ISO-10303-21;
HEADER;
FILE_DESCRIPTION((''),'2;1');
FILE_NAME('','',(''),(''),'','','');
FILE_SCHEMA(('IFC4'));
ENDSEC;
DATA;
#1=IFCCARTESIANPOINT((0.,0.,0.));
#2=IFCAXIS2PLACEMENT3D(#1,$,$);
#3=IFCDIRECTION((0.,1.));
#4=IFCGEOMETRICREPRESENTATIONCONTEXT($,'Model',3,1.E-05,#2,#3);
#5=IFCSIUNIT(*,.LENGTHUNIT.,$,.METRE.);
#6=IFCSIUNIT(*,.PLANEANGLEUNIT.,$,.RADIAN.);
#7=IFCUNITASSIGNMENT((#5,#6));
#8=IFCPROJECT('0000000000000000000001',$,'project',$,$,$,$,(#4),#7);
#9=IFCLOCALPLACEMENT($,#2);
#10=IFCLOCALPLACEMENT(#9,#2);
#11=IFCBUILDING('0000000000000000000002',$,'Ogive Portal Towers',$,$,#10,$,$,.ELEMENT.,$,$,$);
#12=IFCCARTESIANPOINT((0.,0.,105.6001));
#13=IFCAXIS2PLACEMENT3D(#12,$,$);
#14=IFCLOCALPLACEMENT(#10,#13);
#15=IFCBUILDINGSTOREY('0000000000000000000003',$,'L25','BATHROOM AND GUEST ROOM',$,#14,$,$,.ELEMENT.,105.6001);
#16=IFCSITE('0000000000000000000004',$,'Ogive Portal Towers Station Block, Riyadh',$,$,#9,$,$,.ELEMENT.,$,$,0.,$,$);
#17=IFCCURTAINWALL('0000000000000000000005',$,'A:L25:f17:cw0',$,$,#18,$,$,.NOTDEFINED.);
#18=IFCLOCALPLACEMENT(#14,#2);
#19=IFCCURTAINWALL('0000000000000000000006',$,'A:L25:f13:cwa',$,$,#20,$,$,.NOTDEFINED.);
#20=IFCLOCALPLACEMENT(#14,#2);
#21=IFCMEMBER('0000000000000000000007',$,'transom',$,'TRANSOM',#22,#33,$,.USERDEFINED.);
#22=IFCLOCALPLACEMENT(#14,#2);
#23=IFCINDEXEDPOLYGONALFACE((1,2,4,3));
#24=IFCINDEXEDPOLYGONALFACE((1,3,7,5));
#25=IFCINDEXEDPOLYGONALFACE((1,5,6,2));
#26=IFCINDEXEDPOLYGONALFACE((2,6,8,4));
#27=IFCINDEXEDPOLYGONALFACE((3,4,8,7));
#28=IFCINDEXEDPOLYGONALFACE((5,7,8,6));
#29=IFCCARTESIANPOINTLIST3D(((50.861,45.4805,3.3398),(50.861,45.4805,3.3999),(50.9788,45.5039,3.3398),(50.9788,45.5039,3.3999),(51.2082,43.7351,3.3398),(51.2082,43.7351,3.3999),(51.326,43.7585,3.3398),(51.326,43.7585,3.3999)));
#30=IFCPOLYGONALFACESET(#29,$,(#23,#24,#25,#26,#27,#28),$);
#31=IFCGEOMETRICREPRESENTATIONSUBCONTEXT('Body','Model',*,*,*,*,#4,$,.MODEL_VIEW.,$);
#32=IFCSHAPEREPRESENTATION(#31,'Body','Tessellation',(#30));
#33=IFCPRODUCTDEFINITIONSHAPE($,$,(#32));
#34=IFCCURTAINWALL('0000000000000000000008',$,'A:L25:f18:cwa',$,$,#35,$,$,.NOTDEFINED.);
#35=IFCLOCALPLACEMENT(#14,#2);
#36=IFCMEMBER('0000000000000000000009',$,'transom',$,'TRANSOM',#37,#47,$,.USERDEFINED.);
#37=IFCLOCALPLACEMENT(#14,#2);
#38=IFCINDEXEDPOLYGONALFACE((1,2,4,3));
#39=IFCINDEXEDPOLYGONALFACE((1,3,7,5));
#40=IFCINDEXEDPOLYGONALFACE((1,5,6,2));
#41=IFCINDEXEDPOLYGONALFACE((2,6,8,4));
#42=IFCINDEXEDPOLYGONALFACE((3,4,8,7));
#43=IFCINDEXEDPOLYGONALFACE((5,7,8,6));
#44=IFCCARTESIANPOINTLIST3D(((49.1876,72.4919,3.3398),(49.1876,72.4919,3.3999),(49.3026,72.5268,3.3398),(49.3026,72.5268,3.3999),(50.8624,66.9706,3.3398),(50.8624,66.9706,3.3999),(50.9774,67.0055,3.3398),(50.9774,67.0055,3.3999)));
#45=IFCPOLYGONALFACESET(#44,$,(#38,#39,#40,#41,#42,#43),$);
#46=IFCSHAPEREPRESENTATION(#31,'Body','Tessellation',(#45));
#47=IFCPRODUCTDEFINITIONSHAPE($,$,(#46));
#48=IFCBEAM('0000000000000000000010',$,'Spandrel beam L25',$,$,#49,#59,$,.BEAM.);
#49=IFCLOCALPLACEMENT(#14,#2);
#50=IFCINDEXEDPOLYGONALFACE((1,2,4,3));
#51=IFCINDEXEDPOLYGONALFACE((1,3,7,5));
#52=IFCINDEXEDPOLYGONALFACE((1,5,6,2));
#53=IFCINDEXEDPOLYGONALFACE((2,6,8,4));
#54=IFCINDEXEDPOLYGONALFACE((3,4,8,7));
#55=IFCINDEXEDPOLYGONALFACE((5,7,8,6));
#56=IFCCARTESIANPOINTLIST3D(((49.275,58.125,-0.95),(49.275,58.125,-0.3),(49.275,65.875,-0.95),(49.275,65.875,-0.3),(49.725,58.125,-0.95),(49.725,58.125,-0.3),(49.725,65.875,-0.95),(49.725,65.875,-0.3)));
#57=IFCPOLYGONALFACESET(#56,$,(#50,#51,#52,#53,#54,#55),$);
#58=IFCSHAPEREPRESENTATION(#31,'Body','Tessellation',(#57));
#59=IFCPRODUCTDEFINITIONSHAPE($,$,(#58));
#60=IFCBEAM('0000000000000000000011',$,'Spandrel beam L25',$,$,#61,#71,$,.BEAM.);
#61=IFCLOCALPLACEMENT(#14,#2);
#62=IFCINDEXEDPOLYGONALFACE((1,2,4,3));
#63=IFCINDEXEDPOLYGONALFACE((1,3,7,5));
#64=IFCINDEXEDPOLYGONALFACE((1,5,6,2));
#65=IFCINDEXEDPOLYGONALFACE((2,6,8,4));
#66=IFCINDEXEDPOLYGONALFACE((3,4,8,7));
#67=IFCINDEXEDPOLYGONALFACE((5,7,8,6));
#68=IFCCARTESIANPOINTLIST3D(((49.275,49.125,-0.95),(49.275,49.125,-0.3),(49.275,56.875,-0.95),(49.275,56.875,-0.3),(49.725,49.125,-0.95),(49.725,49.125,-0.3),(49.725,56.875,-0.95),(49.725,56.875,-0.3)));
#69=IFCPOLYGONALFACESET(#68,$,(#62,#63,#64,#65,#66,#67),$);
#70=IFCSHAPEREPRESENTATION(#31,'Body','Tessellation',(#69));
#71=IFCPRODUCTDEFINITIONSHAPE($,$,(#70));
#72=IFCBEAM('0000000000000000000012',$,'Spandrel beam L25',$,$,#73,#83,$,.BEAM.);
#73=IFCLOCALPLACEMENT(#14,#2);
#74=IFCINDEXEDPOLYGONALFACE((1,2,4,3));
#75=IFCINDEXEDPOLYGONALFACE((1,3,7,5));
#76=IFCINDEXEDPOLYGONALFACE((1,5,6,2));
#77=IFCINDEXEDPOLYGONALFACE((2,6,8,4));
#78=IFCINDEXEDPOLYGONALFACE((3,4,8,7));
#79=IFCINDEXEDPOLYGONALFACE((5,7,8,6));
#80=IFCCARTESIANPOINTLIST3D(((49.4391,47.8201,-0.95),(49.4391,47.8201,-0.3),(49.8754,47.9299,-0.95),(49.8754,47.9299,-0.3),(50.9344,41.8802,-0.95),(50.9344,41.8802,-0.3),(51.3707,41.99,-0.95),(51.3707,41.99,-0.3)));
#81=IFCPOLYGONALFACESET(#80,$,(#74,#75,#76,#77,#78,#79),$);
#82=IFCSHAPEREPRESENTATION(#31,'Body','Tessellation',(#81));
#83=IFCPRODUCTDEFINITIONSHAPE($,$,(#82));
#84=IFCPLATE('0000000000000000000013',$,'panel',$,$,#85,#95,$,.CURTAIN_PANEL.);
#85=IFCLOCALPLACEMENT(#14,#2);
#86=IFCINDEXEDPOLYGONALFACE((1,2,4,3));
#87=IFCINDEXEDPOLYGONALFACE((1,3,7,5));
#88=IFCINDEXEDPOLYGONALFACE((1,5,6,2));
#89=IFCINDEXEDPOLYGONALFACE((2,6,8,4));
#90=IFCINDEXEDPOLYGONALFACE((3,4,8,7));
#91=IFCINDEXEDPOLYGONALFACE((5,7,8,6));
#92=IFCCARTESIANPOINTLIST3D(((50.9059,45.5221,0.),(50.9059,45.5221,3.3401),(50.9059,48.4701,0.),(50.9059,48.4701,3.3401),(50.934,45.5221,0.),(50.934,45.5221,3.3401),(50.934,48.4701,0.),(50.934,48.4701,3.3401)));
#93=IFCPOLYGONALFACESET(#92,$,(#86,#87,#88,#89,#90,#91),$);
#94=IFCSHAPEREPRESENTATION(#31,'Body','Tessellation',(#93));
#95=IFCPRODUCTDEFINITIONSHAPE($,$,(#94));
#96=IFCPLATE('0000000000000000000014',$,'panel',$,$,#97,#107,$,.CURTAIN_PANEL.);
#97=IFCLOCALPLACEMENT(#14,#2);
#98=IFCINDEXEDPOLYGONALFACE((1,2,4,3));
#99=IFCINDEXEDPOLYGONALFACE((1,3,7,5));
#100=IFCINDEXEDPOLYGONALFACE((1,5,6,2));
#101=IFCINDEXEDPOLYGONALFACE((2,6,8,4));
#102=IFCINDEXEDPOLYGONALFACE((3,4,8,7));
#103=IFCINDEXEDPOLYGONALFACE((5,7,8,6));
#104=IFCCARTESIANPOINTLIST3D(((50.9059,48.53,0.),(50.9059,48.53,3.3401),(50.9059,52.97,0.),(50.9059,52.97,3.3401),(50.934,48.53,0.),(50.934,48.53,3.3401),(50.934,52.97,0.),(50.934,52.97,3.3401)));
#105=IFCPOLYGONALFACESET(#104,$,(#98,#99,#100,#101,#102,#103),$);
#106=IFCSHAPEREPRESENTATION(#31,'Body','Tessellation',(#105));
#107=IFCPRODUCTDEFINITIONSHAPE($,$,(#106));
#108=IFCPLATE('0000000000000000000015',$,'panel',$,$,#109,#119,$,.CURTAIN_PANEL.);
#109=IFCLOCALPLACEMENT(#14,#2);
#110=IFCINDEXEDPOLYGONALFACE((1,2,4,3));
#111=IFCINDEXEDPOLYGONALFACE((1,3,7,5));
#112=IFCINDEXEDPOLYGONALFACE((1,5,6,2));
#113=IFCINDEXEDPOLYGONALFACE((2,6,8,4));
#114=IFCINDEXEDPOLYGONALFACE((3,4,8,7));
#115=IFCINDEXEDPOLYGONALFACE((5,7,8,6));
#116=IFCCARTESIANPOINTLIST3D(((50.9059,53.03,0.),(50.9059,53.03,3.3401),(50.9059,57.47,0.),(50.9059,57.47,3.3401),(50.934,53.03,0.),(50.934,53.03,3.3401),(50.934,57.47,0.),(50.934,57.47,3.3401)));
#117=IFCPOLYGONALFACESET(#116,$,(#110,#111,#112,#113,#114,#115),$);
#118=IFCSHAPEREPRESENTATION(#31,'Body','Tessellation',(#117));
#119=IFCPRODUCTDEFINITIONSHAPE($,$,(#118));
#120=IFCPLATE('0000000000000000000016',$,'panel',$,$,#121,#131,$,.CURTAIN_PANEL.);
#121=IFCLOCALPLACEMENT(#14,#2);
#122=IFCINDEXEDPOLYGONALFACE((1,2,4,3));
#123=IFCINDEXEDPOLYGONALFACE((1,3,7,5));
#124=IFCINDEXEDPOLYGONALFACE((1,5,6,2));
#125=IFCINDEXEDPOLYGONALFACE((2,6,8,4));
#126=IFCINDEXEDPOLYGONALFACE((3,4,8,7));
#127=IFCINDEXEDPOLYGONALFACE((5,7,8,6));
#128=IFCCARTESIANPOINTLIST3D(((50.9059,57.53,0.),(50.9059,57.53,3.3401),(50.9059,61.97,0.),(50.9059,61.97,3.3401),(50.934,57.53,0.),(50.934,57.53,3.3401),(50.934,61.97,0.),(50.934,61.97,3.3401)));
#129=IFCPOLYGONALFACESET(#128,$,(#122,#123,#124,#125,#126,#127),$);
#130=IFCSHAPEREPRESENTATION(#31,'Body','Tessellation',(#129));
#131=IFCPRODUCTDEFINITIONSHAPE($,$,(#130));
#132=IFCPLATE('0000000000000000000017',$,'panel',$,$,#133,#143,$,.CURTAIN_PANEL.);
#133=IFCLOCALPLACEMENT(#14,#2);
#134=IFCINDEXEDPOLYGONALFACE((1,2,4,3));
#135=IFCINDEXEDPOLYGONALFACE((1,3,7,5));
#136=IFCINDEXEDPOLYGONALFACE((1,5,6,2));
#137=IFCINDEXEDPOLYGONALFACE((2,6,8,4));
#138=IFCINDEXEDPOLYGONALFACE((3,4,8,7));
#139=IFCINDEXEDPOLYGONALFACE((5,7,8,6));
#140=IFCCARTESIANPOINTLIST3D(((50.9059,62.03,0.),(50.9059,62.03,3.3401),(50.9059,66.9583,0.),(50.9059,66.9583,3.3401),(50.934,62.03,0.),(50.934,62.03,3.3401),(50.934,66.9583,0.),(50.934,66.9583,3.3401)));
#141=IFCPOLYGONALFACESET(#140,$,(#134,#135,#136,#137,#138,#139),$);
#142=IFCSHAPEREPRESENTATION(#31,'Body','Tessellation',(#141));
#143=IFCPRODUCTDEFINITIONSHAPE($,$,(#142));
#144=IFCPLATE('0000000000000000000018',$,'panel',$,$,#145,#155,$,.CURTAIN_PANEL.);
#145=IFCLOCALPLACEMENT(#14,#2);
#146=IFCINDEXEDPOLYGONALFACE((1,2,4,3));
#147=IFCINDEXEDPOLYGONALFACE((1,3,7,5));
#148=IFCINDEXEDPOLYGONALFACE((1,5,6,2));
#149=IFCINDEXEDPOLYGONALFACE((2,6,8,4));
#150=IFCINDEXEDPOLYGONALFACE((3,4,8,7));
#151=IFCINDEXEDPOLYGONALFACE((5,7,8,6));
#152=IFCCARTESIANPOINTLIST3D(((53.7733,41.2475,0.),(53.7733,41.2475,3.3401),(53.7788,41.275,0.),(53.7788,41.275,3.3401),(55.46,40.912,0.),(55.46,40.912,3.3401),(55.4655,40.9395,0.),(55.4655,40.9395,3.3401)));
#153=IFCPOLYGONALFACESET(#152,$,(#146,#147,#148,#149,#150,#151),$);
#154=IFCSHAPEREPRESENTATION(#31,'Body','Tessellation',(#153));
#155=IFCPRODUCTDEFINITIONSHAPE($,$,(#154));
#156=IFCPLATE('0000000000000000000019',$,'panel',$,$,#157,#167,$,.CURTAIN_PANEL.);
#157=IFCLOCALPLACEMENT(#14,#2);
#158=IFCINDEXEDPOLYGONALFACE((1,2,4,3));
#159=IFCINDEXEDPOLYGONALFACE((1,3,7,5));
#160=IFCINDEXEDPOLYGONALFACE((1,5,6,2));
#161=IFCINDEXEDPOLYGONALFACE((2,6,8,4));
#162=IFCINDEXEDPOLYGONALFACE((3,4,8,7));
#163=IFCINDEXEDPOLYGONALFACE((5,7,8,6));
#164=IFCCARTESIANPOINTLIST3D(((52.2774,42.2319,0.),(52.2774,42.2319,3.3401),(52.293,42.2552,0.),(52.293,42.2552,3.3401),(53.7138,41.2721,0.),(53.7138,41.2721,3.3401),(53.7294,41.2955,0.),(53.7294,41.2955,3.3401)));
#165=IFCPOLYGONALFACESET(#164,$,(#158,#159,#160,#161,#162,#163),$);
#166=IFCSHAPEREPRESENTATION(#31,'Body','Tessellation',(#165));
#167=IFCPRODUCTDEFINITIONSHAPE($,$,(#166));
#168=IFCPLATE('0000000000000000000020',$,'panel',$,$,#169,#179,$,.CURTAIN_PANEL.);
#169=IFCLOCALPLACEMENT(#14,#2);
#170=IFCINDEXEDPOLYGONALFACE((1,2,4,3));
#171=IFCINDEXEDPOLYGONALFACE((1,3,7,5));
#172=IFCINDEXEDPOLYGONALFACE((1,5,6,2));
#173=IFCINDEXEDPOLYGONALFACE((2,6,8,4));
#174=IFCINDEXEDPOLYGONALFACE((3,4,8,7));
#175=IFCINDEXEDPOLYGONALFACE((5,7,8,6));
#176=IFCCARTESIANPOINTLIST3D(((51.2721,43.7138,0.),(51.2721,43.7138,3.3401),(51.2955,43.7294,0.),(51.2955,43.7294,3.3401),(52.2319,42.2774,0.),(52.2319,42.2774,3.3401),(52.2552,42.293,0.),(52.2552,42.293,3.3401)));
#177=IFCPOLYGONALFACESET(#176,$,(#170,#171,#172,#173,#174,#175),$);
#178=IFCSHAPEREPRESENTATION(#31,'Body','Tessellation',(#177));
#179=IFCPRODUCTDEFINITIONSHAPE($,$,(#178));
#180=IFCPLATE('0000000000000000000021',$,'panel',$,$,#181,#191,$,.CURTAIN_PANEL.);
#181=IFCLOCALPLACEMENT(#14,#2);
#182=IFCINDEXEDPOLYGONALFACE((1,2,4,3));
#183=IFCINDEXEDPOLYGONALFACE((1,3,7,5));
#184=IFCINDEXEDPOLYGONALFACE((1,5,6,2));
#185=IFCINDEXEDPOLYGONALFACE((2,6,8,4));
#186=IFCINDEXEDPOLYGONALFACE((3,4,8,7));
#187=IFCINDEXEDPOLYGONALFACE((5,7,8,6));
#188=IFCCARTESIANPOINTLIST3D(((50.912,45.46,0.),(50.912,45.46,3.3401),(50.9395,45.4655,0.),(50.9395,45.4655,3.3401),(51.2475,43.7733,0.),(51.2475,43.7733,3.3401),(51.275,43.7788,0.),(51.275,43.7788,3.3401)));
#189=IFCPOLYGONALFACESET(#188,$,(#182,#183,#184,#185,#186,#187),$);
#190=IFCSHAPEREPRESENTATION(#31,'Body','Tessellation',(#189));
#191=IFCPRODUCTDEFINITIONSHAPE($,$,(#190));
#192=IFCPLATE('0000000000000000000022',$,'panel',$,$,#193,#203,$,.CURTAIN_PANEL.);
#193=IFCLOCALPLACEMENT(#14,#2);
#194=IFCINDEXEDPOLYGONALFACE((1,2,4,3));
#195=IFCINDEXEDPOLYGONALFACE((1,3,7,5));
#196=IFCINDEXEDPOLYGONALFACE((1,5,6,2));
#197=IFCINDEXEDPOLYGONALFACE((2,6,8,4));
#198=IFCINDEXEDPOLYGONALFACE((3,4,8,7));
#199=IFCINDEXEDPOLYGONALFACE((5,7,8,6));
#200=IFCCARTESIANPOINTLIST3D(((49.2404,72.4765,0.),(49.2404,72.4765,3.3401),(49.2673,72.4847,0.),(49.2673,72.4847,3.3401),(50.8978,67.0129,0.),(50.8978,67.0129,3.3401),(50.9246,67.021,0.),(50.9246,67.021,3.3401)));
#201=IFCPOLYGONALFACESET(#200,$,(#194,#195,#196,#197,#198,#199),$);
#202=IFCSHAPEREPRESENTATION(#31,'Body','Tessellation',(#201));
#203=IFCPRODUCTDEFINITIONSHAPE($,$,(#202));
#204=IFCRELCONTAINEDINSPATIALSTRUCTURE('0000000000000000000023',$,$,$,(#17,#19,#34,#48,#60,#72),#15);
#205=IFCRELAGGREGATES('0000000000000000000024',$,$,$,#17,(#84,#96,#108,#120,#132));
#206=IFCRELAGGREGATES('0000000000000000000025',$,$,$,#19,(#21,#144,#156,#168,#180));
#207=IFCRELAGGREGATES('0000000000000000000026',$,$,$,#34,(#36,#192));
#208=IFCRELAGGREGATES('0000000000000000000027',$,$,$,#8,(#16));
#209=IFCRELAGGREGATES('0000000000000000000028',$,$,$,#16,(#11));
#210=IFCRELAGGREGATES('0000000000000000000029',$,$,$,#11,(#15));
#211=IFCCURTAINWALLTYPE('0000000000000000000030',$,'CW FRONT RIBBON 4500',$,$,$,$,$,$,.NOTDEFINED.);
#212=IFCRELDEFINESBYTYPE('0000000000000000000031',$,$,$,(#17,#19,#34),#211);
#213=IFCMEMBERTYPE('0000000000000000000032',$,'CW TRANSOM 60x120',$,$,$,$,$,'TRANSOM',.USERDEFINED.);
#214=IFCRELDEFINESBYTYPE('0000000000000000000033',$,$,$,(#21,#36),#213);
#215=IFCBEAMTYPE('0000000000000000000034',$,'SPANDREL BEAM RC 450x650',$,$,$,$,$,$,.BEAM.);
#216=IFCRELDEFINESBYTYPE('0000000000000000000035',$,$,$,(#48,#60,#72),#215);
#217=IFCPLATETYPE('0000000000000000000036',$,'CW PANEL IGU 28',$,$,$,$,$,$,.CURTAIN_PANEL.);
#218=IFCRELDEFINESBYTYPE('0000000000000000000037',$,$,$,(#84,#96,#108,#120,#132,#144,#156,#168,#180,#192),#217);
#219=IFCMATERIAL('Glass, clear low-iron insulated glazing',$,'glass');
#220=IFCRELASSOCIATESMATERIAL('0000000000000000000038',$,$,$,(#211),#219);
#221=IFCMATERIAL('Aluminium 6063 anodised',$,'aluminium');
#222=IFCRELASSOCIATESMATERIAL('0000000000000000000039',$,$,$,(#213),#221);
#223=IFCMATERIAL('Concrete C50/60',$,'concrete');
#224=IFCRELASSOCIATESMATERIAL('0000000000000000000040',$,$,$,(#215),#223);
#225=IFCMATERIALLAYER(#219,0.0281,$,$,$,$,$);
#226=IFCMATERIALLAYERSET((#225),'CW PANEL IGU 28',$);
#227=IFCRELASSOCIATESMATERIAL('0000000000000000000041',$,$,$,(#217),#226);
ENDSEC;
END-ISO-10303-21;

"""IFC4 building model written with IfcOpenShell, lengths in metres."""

from ifc_helpers import new_model, si_unit, direction, frame, origin, origin_2d, place, context, subcontext, project, spatial, rectangle, extrude, material, layer, layer_set, material_profile, profile_set, type_object, element, aggregate, save


model = new_model("IFC4")

# Units and contexts
model_context = context("Model", 3, precision=1e-05, world=origin(), true_north=direction((0.0, 1.0)))
body_context = subcontext(model_context, "Body", "Model", "MODEL_VIEW")
ifc_project = project(units=[si_unit("LENGTHUNIT", "METRE"), si_unit("PLANEANGLEUNIT", "RADIAN")], contexts=[model_context])

# Site, building, storey
site_placement = place(None, origin())
site = spatial("IfcSite", under=ifc_project, at=site_placement, Name="Ogive Portal Towers Station Block, Riyadh", CompositionType="ELEMENT", RefElevation=0.0)
building_placement = place(site_placement, origin())
building = spatial("IfcBuilding", under=site, at=building_placement, Name="Ogive Portal Towers", CompositionType="ELEMENT")
storey_placement = place(building_placement, frame((0.0, 0.0, 105.6001)))
storey = spatial("IfcBuildingStorey", under=building, at=storey_placement, Name="L25", Description="BATHROOM AND GUEST ROOM", CompositionType="ELEMENT", Elevation=105.6001)

# Shared definitions
ifc_material_1 = material(Name="Glass, clear low-iron insulated glazing", Category="glass")
curtain_wall_type = type_object("IfcCurtainWallType", Name="CW FRONT RIBBON 4500", PredefinedType="NOTDEFINED", material=ifc_material_1)
ifc_material_2 = material(Name="Aluminium 6063 anodised", Category="aluminium")

# Curtain walls
curtain_wall_1_placement = place(storey_placement, origin())
curtain_wall_1 = element("IfcCurtainWall", 1, at=curtain_wall_1_placement, inside=storey, type_object=curtain_wall_type, Name="A:L25:f17:cw0", PredefinedType="NOTDEFINED")
curtain_wall_2_placement = place(storey_placement, origin())
curtain_wall_2 = element("IfcCurtainWall", 2, at=curtain_wall_2_placement, inside=storey, type_object=curtain_wall_type, Name="A:L25:f13:cwa", PredefinedType="NOTDEFINED")

# Member
ifc_material_profile_1 = material_profile(ifc_material_2, rectangle(XDim=0.1201, YDim=0.0601, at=origin_2d()), Name="AL 120x60")
ifc_profile_set_1 = profile_set([ifc_material_profile_1], Name="Aluminium 6063 anodised")
member_type_1 = type_object("IfcMemberType", Name="CW TRANSOM 60x120", ElementType="TRANSOM", PredefinedType="USERDEFINED", material=ifc_profile_set_1)
member_1_placement = place(storey_placement, frame((51.2671, 43.7468, 3.3699), z_axis=(-0.195087, 0.980786, 0.0), x_axis=(-0.980786, -0.195087, 0.0)))
member_1 = element("IfcMember", 3, at=member_1_placement, type_object=member_type_1, Name="transom", ObjectType="TRANSOM", PredefinedType="USERDEFINED", context=body_context, shape_type="SweptSolid", body=[
    extrude(rectangle(XDim=0.1201, YDim=0.0601, at=origin_2d()), origin(), (0.0, 0.0, 1.0), 1.7795),
])

# Curtain wall, member
curtain_wall_3_placement = place(storey_placement, origin())
curtain_wall_3 = element("IfcCurtainWall", 4, at=curtain_wall_3_placement, inside=storey, type_object=curtain_wall_type, Name="A:L25:f18:cwa", PredefinedType="NOTDEFINED")
member_2_placement = place(storey_placement, frame((50.9199, 66.988, 3.3699), z_axis=(-0.290277, 0.956943, 0.0), x_axis=(-0.956943, -0.290277, 0.0)))
member_2 = element("IfcMember", 5, at=member_2_placement, type_object=member_type_1, Name="transom", ObjectType="TRANSOM", PredefinedType="USERDEFINED", context=body_context, shape_type="SweptSolid", body=[
    extrude(rectangle(XDim=0.1201, YDim=0.0601, at=origin_2d()), origin(), (0.0, 0.0, 1.0), 5.7698),
])

# Beams
ifc_material_3 = material(Name="Concrete C50/60", Category="concrete")
ifc_material_profile_2 = material_profile(ifc_material_3, rectangle(XDim=0.45, YDim=0.6499, at=origin_2d()), Name="RC 450x650")
ifc_profile_set_2 = profile_set([ifc_material_profile_2], Name="Concrete C50/60")
beam_type = type_object("IfcBeamType", Name="SPANDREL BEAM RC 450x650", PredefinedType="BEAM", material=ifc_profile_set_2)
for number, where, z_axis, x_axis, name in (
    (6, (49.5, 65.875, -0.625), (0.0, -1.0, 0.0), (1.0, 0.0, 0.0), "Spandrel beam L25"),
    (7, (49.5, 56.875, -0.625), (0.0, -1.0, 0.0), (1.0, 0.0, 0.0), "Spandrel beam L25"),
):
    element("IfcBeam", number, at=place(storey_placement, frame(where, z_axis=z_axis, x_axis=x_axis)), inside=storey, type_object=beam_type, Name=name, PredefinedType="BEAM", context=body_context, shape_type="SweptSolid", body=[
        extrude(rectangle(XDim=0.45, YDim=0.6499, at=origin_2d()), origin(), (0.0, 0.0, 1.0), 7.75),
    ])
beam_placement = place(storey_placement, frame((49.6572, 47.875, -0.625), z_axis=(0.24413, -0.969743, 0.0), x_axis=(0.969743, 0.24413, 0.0)))
element("IfcBeam", 8, at=beam_placement, inside=storey, type_object=beam_type, Name="Spandrel beam L25", PredefinedType="BEAM", context=body_context, shape_type="SweptSolid", body=[
    extrude(rectangle(XDim=0.45, YDim=0.6499, at=origin_2d()), origin(), (0.0, 0.0, 1.0), 6.1252),
])

# Plates
ifc_layer_1 = layer(ifc_material_1, 0.0281)
ifc_layer_set_1 = layer_set([ifc_layer_1], Name="CW PANEL IGU 28")
plate_type = type_object("IfcPlateType", Name="CW PANEL IGU 28", PredefinedType="CURTAIN_PANEL", material=ifc_layer_set_1)
plate_1_placement = place(storey_placement, frame((50.9199, 46.9961, 0.0), z_axis=(0.0, 0.0, 1.0), x_axis=(0.0, 1.0, 0.0)))
plate_1 = element("IfcPlate", 9, at=plate_1_placement, type_object=plate_type, Name="panel", PredefinedType="CURTAIN_PANEL", context=body_context, shape_type="SweptSolid", body=[
    extrude(rectangle(XDim=2.948, YDim=0.0281, at=origin_2d()), origin(), (0.0, 0.0, 1.0), 3.3401),
])
plate_2_placement = place(storey_placement, frame((50.9199, 50.75, 0.0), z_axis=(0.0, 0.0, 1.0), x_axis=(0.0, 1.0, 0.0)))
plate_2 = element("IfcPlate", 10, at=plate_2_placement, type_object=plate_type, Name="panel", PredefinedType="CURTAIN_PANEL", context=body_context, shape_type="SweptSolid", body=[
    extrude(rectangle(XDim=4.4399, YDim=0.0281, at=origin_2d()), origin(), (0.0, 0.0, 1.0), 3.3401),
])
plate_3_placement = place(storey_placement, frame((50.9199, 55.25, 0.0), z_axis=(0.0, 0.0, 1.0), x_axis=(0.0, 1.0, 0.0)))
plate_3 = element("IfcPlate", 11, at=plate_3_placement, type_object=plate_type, Name="panel", PredefinedType="CURTAIN_PANEL", context=body_context, shape_type="SweptSolid", body=[
    extrude(rectangle(XDim=4.4399, YDim=0.0281, at=origin_2d()), origin(), (0.0, 0.0, 1.0), 3.3401),
])
plate_4_placement = place(storey_placement, frame((50.9199, 59.75, 0.0), z_axis=(0.0, 0.0, 1.0), x_axis=(0.0, 1.0, 0.0)))
plate_4 = element("IfcPlate", 12, at=plate_4_placement, type_object=plate_type, Name="panel", PredefinedType="CURTAIN_PANEL", context=body_context, shape_type="SweptSolid", body=[
    extrude(rectangle(XDim=4.4399, YDim=0.0281, at=origin_2d()), origin(), (0.0, 0.0, 1.0), 3.3401),
])
plate_5_placement = place(storey_placement, frame((50.9199, 64.4941, 0.0), z_axis=(0.0, 0.0, 1.0), x_axis=(0.0, 1.0, 0.0)))
plate_5 = element("IfcPlate", 13, at=plate_5_placement, type_object=plate_type, Name="panel", PredefinedType="CURTAIN_PANEL", context=body_context, shape_type="SweptSolid", body=[
    extrude(rectangle(XDim=4.9282, YDim=0.0281, at=origin_2d()), origin(), (0.0, 0.0, 1.0), 3.3401),
])
aggregate(curtain_wall_1, [plate_1, plate_2, plate_3, plate_4, plate_5])
plate_6_placement = place(storey_placement, frame((54.6194, 41.0935, 0.0), z_axis=(0.0, 0.0, 1.0), x_axis=(-0.980785, 0.19509, 0.0)))
plate_6 = element("IfcPlate", 14, at=plate_6_placement, type_object=plate_type, Name="panel", PredefinedType="CURTAIN_PANEL", context=body_context, shape_type="SweptSolid", body=[
    extrude(rectangle(XDim=1.7197, YDim=0.0281, at=origin_2d()), origin(), (0.0, 0.0, 1.0), 3.3401),
])
plate_7_placement = place(storey_placement, frame((53.0034, 41.7637, 0.0), z_axis=(0.0, 0.0, 1.0), x_axis=(-0.83147, 0.55557, 0.0)))
plate_7 = element("IfcPlate", 15, at=plate_7_placement, type_object=plate_type, Name="panel", PredefinedType="CURTAIN_PANEL", context=body_context, shape_type="SweptSolid", body=[
    extrude(rectangle(XDim=1.7275, YDim=0.0281, at=origin_2d()), origin(), (0.0, 0.0, 1.0), 3.3401),
])
plate_8_placement = place(storey_placement, frame((51.7637, 43.0034, 0.0), z_axis=(0.0, 0.0, 1.0), x_axis=(-0.55557, 0.83147, 0.0)))
plate_8 = element("IfcPlate", 16, at=plate_8_placement, type_object=plate_type, Name="panel", PredefinedType="CURTAIN_PANEL", context=body_context, shape_type="SweptSolid", body=[
    extrude(rectangle(XDim=1.7275, YDim=0.0281, at=origin_2d()), origin(), (0.0, 0.0, 1.0), 3.3401),
])
plate_9_placement = place(storey_placement, frame((51.0935, 44.6194, 0.0), z_axis=(0.0, 0.0, 1.0), x_axis=(-0.19509, 0.980785, 0.0)))
plate_9 = element("IfcPlate", 17, at=plate_9_placement, type_object=plate_type, Name="panel", PredefinedType="CURTAIN_PANEL", context=body_context, shape_type="SweptSolid", body=[
    extrude(rectangle(XDim=1.7197, YDim=0.0281, at=origin_2d()), origin(), (0.0, 0.0, 1.0), 3.3401),
])
aggregate(curtain_wall_2, [member_1, plate_6, plate_7, plate_8, plate_9])
plate_10_placement = place(storey_placement, frame((50.0825, 69.7488, 0.0), z_axis=(0.0, 0.0, 1.0), x_axis=(-0.290285, 0.95694, 0.0)))
plate_10 = element("IfcPlate", 18, at=plate_10_placement, type_object=plate_type, Name="panel", PredefinedType="CURTAIN_PANEL", context=body_context, shape_type="SweptSolid", body=[
    extrude(rectangle(XDim=5.7095, YDim=0.0281, at=origin_2d()), origin(), (0.0, 0.0, 1.0), 3.3401),
])
aggregate(curtain_wall_3, [member_2, plate_10])

save(model, "model.ifc")
